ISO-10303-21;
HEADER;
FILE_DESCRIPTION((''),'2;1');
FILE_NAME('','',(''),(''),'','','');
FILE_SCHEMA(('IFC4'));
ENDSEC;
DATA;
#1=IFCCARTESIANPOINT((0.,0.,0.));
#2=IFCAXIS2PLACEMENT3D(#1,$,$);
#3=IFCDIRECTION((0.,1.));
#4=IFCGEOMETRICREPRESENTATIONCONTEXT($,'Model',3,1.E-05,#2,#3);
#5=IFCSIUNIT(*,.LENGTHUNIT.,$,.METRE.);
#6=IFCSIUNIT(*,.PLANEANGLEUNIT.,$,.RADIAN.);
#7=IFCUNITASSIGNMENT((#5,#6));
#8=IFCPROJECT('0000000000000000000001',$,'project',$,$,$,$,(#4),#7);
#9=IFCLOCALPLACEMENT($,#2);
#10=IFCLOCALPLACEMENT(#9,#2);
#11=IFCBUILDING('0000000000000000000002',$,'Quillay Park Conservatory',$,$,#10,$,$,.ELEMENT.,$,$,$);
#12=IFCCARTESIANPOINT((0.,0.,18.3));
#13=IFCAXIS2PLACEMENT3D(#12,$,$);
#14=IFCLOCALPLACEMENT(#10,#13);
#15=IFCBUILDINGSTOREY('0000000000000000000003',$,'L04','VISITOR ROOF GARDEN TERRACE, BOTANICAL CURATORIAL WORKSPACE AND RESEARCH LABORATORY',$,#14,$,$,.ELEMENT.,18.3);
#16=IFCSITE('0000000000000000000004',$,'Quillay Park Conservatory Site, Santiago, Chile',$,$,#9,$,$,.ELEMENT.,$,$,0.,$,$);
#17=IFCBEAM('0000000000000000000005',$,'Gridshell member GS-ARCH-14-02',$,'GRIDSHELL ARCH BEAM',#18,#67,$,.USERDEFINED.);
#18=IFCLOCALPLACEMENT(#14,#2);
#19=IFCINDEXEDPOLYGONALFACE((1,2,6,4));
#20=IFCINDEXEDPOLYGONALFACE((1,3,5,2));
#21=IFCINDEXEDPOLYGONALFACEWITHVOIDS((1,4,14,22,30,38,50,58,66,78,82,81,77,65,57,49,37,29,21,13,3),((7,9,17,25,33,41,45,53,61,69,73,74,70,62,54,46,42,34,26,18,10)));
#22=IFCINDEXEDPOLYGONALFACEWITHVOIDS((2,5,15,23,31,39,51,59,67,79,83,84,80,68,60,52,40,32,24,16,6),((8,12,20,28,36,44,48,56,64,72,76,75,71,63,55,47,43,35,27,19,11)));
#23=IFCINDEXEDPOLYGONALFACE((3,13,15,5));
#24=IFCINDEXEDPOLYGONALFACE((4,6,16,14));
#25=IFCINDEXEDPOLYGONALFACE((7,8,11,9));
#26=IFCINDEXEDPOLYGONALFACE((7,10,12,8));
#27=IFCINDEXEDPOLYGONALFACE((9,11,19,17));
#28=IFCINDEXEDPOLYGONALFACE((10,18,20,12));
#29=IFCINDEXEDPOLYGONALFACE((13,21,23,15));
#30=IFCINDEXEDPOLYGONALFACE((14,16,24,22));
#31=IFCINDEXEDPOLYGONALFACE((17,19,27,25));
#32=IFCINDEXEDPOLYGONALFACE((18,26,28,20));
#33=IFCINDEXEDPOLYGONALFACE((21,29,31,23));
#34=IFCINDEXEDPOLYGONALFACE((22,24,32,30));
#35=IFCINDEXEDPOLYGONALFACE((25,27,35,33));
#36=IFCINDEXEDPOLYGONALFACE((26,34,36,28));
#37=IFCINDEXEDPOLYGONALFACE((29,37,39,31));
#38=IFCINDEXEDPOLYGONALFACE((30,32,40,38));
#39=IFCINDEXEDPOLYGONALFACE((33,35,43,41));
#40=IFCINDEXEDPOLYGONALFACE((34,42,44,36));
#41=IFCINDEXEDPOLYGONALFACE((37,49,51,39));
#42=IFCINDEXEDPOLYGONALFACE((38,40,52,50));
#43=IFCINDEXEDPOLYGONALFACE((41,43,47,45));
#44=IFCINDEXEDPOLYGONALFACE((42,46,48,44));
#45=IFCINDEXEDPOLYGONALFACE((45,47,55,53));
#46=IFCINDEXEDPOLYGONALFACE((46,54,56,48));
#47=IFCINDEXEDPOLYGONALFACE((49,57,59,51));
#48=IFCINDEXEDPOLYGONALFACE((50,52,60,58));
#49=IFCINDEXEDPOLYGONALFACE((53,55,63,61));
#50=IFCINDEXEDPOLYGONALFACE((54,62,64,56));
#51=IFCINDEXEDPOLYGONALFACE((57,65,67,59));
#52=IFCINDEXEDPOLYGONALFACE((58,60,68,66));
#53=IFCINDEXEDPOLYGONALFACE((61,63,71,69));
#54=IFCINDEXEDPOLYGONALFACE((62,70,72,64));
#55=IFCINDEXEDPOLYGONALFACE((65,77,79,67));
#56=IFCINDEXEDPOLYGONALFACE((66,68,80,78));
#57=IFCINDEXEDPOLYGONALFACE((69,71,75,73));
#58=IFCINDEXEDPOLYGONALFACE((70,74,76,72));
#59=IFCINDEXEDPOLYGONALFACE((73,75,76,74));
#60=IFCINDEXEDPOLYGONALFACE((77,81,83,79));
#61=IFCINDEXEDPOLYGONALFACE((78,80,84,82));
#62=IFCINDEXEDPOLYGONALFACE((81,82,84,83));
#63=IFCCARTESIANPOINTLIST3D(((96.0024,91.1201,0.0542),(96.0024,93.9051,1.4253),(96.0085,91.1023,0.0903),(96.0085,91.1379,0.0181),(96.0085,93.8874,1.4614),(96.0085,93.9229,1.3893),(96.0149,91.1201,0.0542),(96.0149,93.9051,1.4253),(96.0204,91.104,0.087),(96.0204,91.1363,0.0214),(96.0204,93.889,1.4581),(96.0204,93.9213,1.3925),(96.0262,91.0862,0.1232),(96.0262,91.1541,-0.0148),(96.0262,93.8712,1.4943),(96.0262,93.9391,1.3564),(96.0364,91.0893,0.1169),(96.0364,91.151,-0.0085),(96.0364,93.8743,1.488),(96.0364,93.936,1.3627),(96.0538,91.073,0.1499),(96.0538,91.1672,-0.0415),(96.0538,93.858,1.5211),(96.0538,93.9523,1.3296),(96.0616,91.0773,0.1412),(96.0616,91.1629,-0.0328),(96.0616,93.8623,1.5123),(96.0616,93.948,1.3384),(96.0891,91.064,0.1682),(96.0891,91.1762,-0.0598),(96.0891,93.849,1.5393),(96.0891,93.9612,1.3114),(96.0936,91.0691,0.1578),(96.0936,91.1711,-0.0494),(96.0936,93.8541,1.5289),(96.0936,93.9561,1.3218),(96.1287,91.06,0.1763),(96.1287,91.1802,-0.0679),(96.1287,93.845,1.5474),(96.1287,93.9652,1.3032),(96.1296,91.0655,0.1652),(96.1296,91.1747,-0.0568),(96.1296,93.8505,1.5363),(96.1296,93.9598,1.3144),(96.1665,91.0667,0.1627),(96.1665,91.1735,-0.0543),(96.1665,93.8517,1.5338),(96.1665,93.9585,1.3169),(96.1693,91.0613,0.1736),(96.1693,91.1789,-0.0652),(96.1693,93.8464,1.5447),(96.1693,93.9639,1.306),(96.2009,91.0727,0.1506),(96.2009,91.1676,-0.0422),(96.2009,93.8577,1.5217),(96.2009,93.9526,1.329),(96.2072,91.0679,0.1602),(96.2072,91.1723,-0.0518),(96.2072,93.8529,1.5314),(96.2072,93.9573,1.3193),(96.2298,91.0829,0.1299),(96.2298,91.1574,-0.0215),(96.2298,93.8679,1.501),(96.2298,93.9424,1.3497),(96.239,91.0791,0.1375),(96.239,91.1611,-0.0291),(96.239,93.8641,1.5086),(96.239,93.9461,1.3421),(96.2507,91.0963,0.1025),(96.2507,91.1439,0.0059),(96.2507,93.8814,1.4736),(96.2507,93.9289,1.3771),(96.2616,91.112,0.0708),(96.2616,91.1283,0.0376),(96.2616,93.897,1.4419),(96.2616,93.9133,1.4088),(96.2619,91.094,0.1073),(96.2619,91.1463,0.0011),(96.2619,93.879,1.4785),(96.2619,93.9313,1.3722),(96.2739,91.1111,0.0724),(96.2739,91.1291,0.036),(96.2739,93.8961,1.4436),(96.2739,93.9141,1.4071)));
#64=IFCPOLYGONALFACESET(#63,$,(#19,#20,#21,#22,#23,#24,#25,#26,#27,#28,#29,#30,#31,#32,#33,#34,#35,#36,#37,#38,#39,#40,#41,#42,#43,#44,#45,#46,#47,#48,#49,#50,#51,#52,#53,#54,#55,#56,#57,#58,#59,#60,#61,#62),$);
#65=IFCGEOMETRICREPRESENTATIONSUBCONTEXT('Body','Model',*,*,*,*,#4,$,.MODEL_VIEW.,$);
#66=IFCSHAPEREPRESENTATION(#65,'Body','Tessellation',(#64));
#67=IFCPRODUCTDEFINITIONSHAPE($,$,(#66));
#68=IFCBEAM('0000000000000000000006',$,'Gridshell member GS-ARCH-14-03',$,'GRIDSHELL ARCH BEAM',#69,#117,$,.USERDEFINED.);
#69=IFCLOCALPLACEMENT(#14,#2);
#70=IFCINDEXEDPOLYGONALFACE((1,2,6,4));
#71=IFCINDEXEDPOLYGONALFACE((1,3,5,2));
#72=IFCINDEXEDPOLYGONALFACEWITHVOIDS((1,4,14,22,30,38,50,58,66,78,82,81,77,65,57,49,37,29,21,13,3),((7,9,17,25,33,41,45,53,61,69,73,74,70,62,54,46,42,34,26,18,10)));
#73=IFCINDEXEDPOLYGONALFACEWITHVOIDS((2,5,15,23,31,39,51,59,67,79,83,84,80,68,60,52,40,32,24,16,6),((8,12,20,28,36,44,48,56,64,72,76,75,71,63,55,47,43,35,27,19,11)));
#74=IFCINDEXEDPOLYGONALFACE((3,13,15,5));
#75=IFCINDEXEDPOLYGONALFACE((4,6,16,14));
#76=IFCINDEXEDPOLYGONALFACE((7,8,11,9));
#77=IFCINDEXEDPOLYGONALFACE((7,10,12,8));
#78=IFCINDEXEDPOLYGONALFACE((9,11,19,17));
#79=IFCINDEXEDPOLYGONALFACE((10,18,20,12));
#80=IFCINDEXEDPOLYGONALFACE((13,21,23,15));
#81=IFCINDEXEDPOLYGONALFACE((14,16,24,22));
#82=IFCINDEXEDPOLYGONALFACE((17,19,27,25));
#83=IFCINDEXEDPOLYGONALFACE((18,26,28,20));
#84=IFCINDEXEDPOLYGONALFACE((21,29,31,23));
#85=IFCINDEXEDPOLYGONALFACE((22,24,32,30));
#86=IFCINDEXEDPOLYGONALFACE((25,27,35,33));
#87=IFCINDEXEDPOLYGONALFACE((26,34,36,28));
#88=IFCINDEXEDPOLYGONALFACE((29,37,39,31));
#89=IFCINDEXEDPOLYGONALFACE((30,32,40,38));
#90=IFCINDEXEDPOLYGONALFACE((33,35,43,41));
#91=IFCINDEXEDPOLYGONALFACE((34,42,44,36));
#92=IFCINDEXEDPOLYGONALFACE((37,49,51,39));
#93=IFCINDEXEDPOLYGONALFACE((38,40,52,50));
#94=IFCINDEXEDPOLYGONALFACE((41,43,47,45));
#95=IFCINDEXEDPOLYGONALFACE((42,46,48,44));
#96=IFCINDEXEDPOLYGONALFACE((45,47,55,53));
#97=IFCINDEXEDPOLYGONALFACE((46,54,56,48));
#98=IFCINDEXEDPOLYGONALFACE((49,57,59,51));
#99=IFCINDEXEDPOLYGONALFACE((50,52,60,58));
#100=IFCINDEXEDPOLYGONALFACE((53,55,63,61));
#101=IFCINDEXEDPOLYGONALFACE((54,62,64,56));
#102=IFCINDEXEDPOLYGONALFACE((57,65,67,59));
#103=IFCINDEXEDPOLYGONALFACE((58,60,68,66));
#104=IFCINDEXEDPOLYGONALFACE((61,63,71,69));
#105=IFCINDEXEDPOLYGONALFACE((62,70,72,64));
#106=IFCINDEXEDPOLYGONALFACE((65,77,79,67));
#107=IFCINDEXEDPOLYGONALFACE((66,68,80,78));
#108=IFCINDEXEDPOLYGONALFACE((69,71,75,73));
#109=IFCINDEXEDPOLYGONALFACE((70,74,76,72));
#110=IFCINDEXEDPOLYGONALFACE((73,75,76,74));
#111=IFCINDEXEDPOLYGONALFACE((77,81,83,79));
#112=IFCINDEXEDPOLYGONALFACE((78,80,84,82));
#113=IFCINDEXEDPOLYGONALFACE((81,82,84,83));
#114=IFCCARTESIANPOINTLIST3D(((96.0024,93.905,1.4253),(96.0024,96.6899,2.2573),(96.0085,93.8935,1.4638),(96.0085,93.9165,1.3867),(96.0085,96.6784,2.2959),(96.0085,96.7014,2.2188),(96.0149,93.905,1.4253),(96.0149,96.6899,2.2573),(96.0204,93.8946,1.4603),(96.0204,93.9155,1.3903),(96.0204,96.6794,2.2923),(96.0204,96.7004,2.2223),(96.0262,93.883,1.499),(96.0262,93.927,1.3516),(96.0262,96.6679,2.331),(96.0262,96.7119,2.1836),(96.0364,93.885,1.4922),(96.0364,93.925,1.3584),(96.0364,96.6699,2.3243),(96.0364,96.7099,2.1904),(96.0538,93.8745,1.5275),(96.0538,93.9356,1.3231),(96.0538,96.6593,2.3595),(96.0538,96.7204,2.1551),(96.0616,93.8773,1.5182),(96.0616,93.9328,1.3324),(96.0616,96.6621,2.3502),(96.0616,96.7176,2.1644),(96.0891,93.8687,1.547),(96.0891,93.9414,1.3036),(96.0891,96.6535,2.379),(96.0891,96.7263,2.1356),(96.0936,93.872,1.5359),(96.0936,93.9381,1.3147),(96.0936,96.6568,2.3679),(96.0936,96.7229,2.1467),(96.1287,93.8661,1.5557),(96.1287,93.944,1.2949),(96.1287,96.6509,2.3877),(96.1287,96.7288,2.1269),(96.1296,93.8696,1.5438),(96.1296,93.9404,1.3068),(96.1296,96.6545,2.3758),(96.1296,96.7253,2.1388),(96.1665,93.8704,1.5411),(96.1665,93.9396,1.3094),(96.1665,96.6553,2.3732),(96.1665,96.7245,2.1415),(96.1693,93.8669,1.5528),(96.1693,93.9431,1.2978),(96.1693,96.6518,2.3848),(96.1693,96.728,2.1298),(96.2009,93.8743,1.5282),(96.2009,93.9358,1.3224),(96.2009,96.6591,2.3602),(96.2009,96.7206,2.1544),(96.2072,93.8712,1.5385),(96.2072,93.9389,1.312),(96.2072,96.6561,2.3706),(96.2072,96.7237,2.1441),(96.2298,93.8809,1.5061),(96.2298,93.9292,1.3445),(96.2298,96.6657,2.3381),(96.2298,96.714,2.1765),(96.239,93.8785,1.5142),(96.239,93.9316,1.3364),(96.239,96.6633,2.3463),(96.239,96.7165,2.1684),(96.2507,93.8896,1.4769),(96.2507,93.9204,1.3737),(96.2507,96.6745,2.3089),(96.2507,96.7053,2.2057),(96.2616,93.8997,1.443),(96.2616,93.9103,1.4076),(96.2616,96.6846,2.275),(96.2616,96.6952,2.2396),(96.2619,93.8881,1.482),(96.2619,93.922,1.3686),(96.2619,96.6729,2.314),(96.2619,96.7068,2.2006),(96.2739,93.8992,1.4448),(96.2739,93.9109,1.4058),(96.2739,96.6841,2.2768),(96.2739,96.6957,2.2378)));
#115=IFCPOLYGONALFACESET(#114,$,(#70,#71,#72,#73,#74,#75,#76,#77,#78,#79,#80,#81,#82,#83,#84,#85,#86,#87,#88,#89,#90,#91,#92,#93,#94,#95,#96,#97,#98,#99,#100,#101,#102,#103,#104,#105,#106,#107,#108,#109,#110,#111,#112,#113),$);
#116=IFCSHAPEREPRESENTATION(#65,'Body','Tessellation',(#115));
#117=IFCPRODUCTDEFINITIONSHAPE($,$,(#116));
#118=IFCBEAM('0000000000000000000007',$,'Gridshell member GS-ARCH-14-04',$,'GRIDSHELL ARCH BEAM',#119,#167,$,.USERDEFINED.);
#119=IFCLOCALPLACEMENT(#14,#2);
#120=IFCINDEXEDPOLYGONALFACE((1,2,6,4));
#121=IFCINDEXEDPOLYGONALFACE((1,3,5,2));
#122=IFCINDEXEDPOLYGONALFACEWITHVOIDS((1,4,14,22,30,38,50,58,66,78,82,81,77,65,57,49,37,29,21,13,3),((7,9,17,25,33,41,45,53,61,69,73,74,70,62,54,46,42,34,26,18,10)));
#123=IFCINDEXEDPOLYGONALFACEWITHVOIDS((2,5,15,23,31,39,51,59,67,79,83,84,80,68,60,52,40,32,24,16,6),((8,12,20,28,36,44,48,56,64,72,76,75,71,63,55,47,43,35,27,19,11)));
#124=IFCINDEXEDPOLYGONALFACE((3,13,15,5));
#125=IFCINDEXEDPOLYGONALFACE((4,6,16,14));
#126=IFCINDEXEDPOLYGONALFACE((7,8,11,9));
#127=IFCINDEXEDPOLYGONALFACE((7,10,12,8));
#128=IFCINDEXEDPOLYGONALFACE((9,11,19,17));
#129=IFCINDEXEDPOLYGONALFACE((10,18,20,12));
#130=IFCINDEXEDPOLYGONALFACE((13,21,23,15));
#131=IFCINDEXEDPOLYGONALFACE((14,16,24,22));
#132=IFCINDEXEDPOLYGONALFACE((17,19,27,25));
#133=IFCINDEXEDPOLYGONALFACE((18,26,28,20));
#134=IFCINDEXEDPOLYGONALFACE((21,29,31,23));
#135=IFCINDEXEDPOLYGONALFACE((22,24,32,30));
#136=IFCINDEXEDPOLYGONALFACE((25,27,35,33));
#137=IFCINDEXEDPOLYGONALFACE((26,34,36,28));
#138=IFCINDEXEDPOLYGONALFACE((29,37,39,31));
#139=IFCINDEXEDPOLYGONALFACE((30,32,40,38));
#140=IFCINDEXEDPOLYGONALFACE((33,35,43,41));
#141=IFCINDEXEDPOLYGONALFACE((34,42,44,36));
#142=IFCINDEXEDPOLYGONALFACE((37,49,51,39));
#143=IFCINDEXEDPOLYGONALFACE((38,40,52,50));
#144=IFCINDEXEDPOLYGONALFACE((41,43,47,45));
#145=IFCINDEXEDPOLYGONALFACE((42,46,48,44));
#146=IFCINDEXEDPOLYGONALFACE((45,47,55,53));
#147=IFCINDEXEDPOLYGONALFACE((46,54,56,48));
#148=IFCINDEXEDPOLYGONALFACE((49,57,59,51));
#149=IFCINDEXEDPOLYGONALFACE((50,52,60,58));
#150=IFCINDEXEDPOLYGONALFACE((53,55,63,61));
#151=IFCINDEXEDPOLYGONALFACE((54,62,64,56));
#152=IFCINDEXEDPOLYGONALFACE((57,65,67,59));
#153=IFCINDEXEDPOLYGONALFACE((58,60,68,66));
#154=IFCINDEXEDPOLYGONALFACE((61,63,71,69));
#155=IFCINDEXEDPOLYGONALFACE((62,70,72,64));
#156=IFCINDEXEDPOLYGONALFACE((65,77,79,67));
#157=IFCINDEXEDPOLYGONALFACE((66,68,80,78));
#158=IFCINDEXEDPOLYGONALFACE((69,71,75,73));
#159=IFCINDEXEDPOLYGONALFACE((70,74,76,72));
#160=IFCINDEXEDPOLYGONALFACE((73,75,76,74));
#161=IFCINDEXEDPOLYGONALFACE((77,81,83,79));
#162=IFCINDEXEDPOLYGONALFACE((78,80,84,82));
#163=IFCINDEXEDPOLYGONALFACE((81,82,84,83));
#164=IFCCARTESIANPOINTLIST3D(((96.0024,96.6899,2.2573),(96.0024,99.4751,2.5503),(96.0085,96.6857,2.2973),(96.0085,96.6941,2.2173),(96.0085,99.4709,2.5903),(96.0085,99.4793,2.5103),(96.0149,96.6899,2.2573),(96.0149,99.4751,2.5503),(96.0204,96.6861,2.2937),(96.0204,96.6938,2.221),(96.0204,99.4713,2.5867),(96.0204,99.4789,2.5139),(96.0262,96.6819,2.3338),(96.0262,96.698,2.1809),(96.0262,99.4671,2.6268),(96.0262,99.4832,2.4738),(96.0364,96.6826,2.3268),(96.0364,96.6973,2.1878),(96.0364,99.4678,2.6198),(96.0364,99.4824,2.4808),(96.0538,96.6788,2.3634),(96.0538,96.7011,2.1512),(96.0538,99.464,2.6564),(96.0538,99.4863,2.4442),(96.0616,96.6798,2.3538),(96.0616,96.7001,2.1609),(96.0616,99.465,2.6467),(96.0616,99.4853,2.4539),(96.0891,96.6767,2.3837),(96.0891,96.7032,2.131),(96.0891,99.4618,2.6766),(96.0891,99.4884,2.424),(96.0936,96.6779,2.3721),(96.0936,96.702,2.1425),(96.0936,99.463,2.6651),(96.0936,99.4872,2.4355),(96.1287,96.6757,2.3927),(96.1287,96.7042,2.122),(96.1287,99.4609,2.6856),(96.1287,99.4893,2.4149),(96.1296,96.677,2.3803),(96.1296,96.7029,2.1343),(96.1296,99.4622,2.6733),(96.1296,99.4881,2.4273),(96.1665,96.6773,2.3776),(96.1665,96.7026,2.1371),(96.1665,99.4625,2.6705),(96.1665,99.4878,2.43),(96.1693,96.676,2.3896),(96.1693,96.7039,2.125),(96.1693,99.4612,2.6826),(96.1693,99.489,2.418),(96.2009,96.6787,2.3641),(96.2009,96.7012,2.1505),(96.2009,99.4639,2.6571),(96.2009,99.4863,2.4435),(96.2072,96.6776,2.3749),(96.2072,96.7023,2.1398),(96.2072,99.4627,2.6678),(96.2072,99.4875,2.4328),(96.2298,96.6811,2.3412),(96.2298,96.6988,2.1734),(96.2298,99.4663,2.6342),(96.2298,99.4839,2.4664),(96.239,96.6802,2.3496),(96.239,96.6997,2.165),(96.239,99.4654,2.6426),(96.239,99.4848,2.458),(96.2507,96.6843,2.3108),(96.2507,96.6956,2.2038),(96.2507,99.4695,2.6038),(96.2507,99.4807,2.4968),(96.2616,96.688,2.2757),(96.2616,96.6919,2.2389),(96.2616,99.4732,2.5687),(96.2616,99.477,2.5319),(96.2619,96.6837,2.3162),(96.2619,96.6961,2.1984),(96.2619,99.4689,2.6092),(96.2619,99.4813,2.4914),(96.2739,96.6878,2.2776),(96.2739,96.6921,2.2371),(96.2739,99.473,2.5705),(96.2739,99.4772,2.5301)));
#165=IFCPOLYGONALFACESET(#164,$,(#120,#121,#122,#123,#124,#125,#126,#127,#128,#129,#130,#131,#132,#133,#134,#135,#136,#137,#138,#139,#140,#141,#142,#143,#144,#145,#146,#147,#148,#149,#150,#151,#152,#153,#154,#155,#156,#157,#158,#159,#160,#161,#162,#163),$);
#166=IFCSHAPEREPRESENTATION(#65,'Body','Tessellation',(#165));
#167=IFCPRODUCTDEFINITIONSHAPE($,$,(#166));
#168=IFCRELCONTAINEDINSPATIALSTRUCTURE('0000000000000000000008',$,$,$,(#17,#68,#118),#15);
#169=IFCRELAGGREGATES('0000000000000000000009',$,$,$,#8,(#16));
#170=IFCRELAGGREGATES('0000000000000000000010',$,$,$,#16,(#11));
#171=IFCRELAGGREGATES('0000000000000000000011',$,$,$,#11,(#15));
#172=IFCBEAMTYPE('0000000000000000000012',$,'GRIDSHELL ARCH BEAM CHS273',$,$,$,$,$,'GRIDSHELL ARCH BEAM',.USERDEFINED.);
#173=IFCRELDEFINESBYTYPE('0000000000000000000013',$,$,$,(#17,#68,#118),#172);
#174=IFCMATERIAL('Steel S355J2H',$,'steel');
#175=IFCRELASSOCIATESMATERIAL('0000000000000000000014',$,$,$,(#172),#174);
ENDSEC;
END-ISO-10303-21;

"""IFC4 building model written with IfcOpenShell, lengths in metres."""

from ifc_helpers import new_model, si_unit, direction, frame, origin, origin_2d, place, context, subcontext, project, spatial, hollow_circle, extrude, material, material_profile, profile_set, type_object, element, save


model = new_model("IFC4")

# Units and contexts
model_context = context("Model", 3, precision=1e-05, world=origin(), true_north=direction((0.0, 1.0)))
body_context = subcontext(model_context, "Body", "Model", "MODEL_VIEW")
ifc_project = project(units=[si_unit("LENGTHUNIT", "METRE"), si_unit("PLANEANGLEUNIT", "RADIAN")], contexts=[model_context])

# Site, building, storey
site_placement = place(None, origin())
site = spatial("IfcSite", under=ifc_project, at=site_placement, Name="Quillay Park Conservatory Site, Santiago, Chile", CompositionType="ELEMENT", RefElevation=0.0)
building_placement = place(site_placement, origin())
building = spatial("IfcBuilding", under=site, at=building_placement, Name="Quillay Park Conservatory", CompositionType="ELEMENT")
storey_placement = place(building_placement, frame((0.0, 0.0, 18.3)))
storey = spatial("IfcBuildingStorey", under=building, at=storey_placement, Name="L04", Description="VISITOR ROOF GARDEN TERRACE, BOTANICAL CURATORIAL WORKSPACE AND RESEARCH LABORATORY", CompositionType="ELEMENT", Elevation=18.3)

# Beams
ifc_material_1 = material(Name="Steel S355J2H", Category="steel")
ifc_material_profile_1 = material_profile(ifc_material_1, hollow_circle(Radius=0.1365, WallThickness=0.0125, at=origin_2d()), Name="CHS273x12.5")
ifc_profile_set_1 = profile_set([ifc_material_profile_1], Name="Steel S355J2H")
beam_type = type_object("IfcBeamType", Name="GRIDSHELL ARCH BEAM CHS273", ElementType="GRIDSHELL ARCH BEAM", PredefinedType="USERDEFINED", material=ifc_profile_set_1)
beam_1_placement = place(storey_placement, frame((96.1389, 91.1201, 0.0542), z_axis=(0.0, 0.897163, 0.4417), x_axis=(-1.0, 0.0, 0.0)))
element("IfcBeam", 1, at=beam_1_placement, inside=storey, type_object=beam_type, Name="Gridshell member GS-ARCH-14-02", ObjectType="GRIDSHELL ARCH BEAM", PredefinedType="USERDEFINED", context=body_context, shape_type="SweptSolid", body=[
    extrude(hollow_circle(Radius=0.1365, WallThickness=0.0125, at=origin_2d()), origin(), (0.0, 0.0, 1.0), 3.1042),
])
beam_2_placement = place(storey_placement, frame((96.1389, 93.905, 1.4253), z_axis=(0.0, 0.958152, 0.286261), x_axis=(-1.0, 0.0, 0.0)))
element("IfcBeam", 2, at=beam_2_placement, inside=storey, type_object=beam_type, Name="Gridshell member GS-ARCH-14-03", ObjectType="GRIDSHELL ARCH BEAM", PredefinedType="USERDEFINED", context=body_context, shape_type="SweptSolid", body=[
    extrude(hollow_circle(Radius=0.1365, WallThickness=0.0125, at=origin_2d()), origin(), (0.0, 0.0, 1.0), 2.9065),
])
beam_3_placement = place(storey_placement, frame((96.1389, 96.6899, 2.2573), z_axis=(0.0, 0.994513, 0.104612), x_axis=(-1.0, 0.0, 0.0)))
element("IfcBeam", 3, at=beam_3_placement, inside=storey, type_object=beam_type, Name="Gridshell member GS-ARCH-14-04", ObjectType="GRIDSHELL ARCH BEAM", PredefinedType="USERDEFINED", context=body_context, shape_type="SweptSolid", body=[
    extrude(hollow_circle(Radius=0.1365, WallThickness=0.0125, at=origin_2d()), origin(), (0.0, 0.0, 1.0), 2.8005),
])

save(model, "model.ifc")
